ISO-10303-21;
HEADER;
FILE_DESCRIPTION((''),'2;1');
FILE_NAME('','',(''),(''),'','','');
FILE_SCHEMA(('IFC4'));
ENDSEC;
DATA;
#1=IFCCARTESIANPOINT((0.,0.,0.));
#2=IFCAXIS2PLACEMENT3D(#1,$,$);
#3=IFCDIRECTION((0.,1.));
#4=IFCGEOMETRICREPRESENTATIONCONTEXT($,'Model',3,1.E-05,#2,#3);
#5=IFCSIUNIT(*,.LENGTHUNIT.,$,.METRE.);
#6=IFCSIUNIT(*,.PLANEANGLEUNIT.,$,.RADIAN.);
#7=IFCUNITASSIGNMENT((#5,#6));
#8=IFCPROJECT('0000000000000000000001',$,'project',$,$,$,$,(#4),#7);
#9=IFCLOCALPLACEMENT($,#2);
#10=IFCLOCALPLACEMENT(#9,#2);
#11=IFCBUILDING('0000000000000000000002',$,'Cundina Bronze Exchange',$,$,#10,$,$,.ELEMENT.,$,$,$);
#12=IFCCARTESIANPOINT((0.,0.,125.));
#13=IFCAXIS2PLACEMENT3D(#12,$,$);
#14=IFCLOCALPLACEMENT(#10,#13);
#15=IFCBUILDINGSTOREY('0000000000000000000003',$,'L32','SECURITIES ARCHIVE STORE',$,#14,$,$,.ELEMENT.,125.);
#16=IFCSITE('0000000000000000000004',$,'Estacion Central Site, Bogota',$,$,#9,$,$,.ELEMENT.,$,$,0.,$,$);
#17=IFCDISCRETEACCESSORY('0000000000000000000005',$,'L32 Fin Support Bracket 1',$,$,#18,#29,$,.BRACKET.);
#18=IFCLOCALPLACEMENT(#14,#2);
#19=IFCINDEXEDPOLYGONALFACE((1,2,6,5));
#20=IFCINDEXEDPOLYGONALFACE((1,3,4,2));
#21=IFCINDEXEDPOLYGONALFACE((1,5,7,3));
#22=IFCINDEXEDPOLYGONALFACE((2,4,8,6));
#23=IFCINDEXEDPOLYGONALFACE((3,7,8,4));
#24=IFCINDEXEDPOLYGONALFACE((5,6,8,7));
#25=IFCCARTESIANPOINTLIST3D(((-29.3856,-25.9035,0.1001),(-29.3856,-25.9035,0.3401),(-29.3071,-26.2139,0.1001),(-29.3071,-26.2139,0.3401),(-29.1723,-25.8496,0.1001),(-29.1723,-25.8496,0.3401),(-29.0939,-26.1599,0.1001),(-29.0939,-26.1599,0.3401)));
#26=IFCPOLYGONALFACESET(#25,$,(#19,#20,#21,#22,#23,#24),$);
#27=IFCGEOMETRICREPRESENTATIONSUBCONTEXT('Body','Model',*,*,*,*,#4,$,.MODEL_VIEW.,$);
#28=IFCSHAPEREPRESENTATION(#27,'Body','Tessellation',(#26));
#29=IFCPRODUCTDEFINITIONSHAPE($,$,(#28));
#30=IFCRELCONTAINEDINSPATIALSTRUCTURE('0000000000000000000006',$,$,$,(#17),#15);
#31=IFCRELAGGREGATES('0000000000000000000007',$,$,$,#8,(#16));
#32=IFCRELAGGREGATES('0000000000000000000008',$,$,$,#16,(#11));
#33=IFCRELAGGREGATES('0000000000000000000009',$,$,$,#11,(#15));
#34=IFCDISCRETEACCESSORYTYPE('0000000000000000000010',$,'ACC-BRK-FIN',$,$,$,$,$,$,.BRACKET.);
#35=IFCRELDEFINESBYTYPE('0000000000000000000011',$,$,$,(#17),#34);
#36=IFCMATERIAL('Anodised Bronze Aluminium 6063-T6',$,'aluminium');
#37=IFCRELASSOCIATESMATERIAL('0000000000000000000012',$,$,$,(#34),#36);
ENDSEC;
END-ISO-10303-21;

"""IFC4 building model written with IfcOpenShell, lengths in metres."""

from ifc_helpers import new_model, si_unit, direction, frame, origin, origin_2d, place, context, subcontext, project, spatial, rectangle, extrude, material, type_object, element, save


model = new_model("IFC4")

# Units and contexts
model_context = context("Model", 3, precision=1e-05, world=origin(), true_north=direction((0.0, 1.0)))
body_context = subcontext(model_context, "Body", "Model", "MODEL_VIEW")
ifc_project = project(units=[si_unit("LENGTHUNIT", "METRE"), si_unit("PLANEANGLEUNIT", "RADIAN")], contexts=[model_context])

# Site, building, storey
site_placement = place(None, origin())
site = spatial("IfcSite", under=ifc_project, at=site_placement, Name="Estacion Central Site, Bogota", CompositionType="ELEMENT", RefElevation=0.0)
building_placement = place(site_placement, origin())
building = spatial("IfcBuilding", under=site, at=building_placement, Name="Cundina Bronze Exchange", CompositionType="ELEMENT")
storey_placement = place(building_placement, frame((0.0, 0.0, 125.0)))
storey = spatial("IfcBuildingStorey", under=building, at=storey_placement, Name="L32", Description="SECURITIES ARCHIVE STORE", CompositionType="ELEMENT", Elevation=125.0)

# Shared definitions
ifc_material_1 = material(Name="Anodised Bronze Aluminium 6063-T6", Category="aluminium")

# Discrete accessory
discrete_accessory_type = type_object("IfcDiscreteAccessoryType", Name="ACC-BRK-FIN", PredefinedType="BRACKET", material=ifc_material_1)
discrete_accessory_placement = place(storey_placement, frame((-29.2397, -26.0317, 0.1001), z_axis=(0.0, 0.0, 1.0), x_axis=(0.969488, 0.245138, 0.0)))
element("IfcDiscreteAccessory", 1, at=discrete_accessory_placement, inside=storey, type_object=discrete_accessory_type, Name="L32 Fin Support Bracket 1", PredefinedType="BRACKET", context=body_context, shape_type="SweptSolid", body=[
    extrude(rectangle(XDim=0.22, YDim=0.3201, at=origin_2d()), origin(), (0.0, 0.0, 1.0), 0.24),
])

save(model, "model.ifc")
